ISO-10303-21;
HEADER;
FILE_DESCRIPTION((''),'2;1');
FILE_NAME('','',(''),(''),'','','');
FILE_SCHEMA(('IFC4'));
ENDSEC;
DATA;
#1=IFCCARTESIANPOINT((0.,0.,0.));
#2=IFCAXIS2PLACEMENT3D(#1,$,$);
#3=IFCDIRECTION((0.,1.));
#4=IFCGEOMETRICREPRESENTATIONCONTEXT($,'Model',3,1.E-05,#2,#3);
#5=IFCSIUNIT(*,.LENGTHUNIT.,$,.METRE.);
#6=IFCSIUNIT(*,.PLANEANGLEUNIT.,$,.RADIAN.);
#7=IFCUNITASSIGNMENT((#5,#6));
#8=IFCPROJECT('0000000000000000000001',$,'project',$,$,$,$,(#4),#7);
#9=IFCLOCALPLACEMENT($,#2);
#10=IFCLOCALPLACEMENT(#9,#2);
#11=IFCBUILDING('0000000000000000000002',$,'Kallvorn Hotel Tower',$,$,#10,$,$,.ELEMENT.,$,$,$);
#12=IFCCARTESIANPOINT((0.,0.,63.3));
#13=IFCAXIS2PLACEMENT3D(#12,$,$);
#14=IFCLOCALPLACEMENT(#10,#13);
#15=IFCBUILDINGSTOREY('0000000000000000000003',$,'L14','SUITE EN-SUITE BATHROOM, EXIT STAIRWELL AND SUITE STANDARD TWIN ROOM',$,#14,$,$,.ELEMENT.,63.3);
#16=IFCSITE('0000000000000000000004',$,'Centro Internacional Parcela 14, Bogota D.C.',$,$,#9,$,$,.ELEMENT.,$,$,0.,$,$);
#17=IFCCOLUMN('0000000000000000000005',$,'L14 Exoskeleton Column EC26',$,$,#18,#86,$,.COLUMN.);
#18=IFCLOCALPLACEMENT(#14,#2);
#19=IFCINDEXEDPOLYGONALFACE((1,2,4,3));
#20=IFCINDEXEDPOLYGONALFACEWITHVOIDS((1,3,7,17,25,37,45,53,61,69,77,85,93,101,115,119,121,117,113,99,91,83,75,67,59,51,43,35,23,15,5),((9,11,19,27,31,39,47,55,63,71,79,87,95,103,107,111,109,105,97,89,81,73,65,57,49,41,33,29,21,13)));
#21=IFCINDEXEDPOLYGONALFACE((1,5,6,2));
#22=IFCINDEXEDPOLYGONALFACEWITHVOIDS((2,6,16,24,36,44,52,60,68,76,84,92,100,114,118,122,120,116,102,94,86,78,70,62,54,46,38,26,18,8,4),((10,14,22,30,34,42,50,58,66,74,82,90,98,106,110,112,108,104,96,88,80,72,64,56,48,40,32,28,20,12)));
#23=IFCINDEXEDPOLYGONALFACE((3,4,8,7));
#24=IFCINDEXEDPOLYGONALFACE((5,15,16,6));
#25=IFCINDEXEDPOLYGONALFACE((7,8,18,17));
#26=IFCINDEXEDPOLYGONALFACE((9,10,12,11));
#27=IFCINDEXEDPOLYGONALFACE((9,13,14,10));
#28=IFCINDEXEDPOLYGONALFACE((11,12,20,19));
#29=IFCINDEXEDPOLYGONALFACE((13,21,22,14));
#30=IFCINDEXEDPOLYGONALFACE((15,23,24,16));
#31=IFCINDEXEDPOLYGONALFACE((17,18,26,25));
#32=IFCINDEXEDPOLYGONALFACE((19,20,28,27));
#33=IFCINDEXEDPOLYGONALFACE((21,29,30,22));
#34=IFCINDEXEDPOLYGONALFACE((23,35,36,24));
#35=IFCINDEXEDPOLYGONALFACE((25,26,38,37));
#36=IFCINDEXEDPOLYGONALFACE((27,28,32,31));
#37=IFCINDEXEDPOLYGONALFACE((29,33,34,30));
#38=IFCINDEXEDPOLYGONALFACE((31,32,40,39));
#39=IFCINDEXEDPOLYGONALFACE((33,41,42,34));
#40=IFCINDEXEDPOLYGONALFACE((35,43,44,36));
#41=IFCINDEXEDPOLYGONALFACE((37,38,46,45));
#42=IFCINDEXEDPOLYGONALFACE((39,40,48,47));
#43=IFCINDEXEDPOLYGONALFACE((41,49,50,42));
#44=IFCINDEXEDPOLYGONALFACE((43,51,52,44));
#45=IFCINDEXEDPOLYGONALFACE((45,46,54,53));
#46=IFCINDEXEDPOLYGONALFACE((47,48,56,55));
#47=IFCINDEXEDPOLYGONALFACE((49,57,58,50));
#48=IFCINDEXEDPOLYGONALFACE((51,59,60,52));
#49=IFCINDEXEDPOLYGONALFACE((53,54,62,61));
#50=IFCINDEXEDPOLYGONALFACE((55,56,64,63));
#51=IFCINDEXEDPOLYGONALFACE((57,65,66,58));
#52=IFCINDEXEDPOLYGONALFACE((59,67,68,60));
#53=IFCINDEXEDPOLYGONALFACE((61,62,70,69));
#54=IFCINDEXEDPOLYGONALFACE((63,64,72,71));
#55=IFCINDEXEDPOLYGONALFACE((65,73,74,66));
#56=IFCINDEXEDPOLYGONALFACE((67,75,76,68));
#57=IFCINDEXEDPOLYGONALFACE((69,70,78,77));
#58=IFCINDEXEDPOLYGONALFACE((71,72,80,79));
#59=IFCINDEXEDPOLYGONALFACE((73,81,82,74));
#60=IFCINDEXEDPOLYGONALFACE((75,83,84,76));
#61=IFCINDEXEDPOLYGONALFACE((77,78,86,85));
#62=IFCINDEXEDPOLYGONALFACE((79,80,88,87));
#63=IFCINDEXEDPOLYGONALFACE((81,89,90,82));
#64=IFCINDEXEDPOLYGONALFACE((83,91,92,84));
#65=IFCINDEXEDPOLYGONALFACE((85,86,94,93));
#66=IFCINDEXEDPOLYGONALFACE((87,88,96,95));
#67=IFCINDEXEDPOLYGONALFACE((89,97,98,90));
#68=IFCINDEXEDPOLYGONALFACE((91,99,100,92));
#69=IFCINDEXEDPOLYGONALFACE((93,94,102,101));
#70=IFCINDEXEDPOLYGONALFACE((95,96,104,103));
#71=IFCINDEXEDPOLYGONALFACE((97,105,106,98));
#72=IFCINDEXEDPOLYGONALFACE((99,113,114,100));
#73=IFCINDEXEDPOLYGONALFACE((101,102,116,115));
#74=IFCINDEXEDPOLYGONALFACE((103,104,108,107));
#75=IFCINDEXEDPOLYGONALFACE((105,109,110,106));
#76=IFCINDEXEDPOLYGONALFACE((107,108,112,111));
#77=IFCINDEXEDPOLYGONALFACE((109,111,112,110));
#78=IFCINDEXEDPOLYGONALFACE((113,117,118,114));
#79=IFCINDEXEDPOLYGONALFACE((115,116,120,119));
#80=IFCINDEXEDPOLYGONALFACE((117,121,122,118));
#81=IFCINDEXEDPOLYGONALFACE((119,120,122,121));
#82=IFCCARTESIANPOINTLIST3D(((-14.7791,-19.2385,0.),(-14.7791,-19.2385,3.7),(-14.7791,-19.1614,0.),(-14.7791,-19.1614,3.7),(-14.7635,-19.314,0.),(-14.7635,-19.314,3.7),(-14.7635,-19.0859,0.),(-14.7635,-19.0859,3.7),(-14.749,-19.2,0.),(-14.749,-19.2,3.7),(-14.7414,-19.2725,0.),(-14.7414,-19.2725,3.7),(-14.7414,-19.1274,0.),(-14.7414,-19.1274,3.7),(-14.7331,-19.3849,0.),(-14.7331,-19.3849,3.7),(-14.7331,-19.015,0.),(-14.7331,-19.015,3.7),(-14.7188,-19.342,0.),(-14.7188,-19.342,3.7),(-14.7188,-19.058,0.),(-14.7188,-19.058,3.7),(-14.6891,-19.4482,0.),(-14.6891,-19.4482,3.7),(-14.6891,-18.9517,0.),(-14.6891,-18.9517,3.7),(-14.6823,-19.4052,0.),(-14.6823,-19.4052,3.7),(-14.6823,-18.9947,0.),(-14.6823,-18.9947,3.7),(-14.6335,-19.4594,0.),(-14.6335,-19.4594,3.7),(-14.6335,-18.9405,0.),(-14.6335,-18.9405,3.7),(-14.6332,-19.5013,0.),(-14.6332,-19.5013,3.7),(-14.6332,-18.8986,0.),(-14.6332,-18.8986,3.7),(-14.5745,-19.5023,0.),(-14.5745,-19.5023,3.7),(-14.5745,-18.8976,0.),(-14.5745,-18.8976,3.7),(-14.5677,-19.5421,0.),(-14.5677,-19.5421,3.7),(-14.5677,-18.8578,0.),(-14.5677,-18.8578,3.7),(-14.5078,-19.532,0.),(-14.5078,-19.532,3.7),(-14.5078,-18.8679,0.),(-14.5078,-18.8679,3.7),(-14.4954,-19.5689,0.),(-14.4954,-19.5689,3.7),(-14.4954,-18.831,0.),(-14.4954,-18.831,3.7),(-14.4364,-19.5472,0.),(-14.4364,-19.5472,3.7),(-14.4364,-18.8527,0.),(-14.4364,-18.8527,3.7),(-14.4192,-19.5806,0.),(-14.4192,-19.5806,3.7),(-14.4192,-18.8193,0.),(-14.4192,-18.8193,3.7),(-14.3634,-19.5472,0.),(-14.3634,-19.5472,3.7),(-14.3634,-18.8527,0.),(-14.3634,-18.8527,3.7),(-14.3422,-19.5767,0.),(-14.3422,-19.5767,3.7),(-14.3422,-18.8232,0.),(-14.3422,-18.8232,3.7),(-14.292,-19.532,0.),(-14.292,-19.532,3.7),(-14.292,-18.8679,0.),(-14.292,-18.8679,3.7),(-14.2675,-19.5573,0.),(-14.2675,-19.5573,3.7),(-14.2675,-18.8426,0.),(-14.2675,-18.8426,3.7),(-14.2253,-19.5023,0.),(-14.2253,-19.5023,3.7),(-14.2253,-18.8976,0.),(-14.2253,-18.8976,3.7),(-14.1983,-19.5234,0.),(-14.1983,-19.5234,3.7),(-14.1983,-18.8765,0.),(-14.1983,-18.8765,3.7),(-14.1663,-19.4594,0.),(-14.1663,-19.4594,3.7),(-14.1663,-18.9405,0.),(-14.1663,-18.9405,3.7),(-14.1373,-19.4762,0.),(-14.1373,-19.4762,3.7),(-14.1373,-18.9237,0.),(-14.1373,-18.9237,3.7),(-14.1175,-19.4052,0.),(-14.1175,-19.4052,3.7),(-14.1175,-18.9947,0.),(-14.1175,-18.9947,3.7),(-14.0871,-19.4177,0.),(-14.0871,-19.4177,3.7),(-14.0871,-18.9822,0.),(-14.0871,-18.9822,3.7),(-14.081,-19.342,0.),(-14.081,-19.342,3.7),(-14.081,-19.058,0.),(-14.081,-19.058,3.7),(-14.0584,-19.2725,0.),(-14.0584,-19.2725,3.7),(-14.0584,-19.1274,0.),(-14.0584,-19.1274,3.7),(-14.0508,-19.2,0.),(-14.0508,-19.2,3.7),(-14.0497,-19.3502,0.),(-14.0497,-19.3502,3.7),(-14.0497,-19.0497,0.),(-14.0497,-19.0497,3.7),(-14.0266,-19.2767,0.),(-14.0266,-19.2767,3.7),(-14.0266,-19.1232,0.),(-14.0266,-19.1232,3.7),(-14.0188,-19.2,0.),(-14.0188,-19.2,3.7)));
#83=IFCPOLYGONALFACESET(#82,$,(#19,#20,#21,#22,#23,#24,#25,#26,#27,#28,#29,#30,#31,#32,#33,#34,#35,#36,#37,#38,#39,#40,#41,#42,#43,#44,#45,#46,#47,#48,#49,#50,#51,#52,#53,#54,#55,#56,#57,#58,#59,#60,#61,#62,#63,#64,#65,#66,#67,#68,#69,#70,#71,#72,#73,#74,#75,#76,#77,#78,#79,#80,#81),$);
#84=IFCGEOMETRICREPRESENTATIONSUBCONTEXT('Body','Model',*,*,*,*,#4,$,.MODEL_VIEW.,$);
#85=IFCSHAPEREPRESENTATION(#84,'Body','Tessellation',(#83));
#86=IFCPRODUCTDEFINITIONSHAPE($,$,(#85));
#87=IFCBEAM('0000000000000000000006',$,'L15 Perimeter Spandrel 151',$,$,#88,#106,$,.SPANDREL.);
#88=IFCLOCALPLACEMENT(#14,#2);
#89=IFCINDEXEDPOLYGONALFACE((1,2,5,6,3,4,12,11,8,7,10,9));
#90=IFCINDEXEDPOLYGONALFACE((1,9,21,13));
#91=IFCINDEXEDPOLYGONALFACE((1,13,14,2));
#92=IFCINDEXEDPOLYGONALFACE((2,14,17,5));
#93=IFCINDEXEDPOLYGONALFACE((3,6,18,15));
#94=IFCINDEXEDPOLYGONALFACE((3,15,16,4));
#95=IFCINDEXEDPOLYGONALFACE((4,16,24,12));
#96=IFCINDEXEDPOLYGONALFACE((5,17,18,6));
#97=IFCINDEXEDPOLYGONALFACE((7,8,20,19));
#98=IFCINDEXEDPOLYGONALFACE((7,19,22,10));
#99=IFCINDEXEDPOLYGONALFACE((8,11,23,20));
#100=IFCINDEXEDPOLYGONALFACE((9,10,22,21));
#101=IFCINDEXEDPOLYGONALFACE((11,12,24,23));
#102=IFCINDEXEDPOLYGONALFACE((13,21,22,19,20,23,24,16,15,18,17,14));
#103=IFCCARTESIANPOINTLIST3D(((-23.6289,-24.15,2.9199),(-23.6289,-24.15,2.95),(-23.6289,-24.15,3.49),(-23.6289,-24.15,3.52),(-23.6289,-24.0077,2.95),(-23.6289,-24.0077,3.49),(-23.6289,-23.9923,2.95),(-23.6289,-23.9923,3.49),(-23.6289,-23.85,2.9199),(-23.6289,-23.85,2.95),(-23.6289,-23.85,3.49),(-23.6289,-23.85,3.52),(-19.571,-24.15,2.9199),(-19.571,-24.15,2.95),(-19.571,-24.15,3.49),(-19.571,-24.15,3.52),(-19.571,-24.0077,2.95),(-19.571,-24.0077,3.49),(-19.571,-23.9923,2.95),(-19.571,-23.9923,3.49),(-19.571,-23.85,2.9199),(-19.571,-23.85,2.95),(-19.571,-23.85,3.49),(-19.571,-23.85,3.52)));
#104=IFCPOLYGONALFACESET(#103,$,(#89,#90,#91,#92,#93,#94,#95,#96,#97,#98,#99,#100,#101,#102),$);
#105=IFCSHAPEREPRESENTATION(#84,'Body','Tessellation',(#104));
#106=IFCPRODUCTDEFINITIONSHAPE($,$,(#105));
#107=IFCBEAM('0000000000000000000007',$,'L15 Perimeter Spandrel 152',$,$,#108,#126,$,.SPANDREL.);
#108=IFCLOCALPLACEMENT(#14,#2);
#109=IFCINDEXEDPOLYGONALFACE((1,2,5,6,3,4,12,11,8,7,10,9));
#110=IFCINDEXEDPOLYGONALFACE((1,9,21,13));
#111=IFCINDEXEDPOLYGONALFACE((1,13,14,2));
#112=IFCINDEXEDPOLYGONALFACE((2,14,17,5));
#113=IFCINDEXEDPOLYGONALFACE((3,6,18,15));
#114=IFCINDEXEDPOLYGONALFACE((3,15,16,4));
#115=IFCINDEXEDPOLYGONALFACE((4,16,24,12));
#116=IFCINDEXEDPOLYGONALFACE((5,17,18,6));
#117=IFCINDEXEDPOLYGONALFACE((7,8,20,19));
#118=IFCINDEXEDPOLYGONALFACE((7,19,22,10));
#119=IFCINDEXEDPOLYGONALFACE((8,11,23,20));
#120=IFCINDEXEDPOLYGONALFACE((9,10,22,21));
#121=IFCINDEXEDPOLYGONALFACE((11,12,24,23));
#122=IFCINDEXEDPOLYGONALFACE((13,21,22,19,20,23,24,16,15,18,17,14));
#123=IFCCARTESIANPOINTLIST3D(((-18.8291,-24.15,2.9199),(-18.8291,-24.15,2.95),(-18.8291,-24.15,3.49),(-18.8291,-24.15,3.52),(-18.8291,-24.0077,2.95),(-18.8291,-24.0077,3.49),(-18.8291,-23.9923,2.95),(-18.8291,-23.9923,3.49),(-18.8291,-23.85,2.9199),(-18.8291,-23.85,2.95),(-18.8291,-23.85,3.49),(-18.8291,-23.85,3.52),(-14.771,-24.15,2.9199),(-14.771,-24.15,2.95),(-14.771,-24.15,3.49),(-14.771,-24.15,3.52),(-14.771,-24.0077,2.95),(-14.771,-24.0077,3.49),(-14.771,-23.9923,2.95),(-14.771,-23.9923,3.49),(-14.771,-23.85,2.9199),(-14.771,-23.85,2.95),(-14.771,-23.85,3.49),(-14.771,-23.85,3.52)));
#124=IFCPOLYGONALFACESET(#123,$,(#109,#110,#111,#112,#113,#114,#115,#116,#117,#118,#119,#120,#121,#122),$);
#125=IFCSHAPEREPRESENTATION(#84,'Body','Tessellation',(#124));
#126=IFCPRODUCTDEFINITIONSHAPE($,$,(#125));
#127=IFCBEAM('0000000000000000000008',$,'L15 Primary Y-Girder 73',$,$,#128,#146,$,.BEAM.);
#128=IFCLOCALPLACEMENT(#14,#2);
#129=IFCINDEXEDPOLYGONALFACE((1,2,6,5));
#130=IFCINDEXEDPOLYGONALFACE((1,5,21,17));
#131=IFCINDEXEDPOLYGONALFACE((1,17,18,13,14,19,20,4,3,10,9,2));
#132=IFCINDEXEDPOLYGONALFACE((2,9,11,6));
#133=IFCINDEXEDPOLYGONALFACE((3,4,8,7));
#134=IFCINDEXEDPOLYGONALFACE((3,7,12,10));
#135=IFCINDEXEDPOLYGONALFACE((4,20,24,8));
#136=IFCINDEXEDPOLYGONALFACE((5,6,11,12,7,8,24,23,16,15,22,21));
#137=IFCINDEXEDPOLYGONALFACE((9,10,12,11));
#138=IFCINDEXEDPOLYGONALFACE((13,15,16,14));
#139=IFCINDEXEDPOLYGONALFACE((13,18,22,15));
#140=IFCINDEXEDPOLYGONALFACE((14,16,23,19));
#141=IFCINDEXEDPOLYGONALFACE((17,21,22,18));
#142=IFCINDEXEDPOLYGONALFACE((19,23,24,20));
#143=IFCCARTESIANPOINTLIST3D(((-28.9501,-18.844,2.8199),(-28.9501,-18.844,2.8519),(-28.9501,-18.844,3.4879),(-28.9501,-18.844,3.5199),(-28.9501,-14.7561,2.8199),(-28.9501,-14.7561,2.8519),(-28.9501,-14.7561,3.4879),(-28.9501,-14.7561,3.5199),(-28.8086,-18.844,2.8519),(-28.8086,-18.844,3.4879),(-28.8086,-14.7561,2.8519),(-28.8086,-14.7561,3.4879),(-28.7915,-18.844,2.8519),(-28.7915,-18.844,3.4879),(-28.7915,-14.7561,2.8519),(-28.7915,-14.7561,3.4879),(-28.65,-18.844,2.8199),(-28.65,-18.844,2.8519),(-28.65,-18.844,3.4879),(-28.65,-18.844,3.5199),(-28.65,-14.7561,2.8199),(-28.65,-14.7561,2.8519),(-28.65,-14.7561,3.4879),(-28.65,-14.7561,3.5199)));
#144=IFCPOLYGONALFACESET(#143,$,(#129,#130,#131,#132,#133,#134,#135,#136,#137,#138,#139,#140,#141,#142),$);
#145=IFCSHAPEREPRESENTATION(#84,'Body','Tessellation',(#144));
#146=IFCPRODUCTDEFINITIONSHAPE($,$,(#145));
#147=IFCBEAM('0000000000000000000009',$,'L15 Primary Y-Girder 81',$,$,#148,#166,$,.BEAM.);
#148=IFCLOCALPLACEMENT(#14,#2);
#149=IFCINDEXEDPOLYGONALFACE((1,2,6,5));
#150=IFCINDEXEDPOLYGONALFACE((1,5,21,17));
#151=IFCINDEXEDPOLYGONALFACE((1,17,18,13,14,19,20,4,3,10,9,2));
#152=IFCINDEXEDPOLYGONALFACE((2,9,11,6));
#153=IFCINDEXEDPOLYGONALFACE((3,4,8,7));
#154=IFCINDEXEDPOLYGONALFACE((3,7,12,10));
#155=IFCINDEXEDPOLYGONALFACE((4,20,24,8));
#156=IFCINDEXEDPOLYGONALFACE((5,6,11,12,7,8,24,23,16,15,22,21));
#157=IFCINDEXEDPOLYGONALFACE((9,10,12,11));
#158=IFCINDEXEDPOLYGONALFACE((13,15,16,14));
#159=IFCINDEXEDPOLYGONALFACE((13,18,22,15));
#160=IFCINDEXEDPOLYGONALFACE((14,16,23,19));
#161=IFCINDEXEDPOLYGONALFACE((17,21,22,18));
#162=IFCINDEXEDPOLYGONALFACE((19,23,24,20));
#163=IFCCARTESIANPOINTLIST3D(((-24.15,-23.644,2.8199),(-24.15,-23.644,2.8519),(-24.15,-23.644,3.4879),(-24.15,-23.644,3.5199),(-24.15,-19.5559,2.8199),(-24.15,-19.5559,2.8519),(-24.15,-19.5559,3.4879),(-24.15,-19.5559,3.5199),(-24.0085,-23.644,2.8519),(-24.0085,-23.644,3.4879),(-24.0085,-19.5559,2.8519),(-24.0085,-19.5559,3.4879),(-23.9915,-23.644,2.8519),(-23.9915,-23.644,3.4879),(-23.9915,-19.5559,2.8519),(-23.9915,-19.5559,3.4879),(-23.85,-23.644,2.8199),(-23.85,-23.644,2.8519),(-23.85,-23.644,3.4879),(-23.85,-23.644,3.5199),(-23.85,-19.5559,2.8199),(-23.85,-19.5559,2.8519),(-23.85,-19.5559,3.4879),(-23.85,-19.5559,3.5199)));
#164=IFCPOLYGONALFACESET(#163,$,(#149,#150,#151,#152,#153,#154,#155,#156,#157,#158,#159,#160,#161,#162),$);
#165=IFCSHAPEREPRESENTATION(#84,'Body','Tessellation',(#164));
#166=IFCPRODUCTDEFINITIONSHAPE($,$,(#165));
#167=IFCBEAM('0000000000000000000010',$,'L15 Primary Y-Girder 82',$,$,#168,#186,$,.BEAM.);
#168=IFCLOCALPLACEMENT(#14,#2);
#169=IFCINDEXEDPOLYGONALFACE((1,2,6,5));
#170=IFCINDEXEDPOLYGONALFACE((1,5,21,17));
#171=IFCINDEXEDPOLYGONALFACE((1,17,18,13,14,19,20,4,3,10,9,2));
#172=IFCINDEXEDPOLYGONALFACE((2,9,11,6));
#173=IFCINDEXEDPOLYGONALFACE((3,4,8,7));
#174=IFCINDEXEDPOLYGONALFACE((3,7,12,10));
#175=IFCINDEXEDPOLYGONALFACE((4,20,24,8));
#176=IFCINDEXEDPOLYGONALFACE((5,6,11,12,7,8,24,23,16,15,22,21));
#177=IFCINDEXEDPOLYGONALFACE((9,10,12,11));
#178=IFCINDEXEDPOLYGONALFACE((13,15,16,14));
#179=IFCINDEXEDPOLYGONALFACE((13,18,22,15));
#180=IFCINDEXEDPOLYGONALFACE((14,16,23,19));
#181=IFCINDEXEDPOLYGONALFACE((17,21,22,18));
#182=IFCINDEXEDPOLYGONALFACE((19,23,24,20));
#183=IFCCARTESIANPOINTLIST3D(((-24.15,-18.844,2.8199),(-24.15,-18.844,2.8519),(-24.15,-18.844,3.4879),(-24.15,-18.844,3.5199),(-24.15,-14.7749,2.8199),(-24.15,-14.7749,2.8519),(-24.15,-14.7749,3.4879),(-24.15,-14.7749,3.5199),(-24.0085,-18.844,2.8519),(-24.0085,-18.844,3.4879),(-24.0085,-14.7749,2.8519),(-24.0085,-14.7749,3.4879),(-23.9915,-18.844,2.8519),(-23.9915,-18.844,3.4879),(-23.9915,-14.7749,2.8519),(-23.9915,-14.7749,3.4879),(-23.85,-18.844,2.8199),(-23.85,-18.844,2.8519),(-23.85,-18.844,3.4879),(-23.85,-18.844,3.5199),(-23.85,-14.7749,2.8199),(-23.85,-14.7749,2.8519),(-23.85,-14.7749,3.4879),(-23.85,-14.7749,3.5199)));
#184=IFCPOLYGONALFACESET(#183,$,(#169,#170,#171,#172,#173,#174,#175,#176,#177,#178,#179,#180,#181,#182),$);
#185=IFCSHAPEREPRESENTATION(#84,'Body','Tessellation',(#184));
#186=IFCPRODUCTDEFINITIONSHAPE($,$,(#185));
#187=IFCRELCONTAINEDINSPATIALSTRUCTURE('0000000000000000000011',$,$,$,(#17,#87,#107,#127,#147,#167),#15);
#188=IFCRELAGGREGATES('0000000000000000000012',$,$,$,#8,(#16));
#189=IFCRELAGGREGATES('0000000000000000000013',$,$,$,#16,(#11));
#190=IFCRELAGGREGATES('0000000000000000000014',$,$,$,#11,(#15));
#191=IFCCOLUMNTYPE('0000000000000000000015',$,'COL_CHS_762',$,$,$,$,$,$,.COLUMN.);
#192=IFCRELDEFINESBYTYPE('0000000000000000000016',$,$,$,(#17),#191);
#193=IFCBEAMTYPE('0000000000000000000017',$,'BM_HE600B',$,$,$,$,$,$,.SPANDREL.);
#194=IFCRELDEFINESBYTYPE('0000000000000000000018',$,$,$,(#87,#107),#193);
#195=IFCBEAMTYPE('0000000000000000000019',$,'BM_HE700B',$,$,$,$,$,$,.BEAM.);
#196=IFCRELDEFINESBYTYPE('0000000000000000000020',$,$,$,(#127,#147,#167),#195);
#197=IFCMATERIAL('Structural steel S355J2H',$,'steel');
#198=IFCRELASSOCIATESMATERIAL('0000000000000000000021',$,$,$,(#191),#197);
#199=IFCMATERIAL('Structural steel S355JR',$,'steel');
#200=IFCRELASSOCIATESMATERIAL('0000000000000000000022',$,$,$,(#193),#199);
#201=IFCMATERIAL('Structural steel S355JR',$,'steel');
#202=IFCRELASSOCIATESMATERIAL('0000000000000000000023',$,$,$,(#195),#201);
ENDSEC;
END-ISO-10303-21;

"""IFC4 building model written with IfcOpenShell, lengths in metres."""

from ifc_helpers import new_model, si_unit, direction, frame, origin, origin_2d, place, context, subcontext, project, spatial, hollow_circle, i_section, extrude, material, material_profile, profile_set, type_object, element, save


model = new_model("IFC4")

# Units and contexts
model_context = context("Model", 3, precision=1e-05, world=origin(), true_north=direction((0.0, 1.0)))
body_context = subcontext(model_context, "Body", "Model", "MODEL_VIEW")
ifc_project = project(units=[si_unit("LENGTHUNIT", "METRE"), si_unit("PLANEANGLEUNIT", "RADIAN")], contexts=[model_context])

# Site, building, storey
site_placement = place(None, origin())
site = spatial("IfcSite", under=ifc_project, at=site_placement, Name="Centro Internacional Parcela 14, Bogota D.C.", CompositionType="ELEMENT", RefElevation=0.0)
building_placement = place(site_placement, origin())
building = spatial("IfcBuilding", under=site, at=building_placement, Name="Kallvorn Hotel Tower", CompositionType="ELEMENT")
storey_placement = place(building_placement, frame((0.0, 0.0, 63.3)))
storey = spatial("IfcBuildingStorey", under=building, at=storey_placement, Name="L14", Description="SUITE EN-SUITE BATHROOM, EXIT STAIRWELL AND SUITE STANDARD TWIN ROOM", CompositionType="ELEMENT", Elevation=63.3)

# Column
ifc_material_1 = material(Name="Structural steel S355J2H", Category="steel")
ifc_material_profile_1 = material_profile(ifc_material_1, hollow_circle(Radius=0.3811, WallThickness=0.032, at=origin_2d()), Name="CHS 762x32")
ifc_profile_set_1 = profile_set([ifc_material_profile_1], Name="Structural steel S355J2H")
column_type = type_object("IfcColumnType", Name="COL_CHS_762", PredefinedType="COLUMN", material=ifc_profile_set_1)
for number, where, z_axis, x_axis, name in (
    (1, (-14.3999, -19.2, 0.0), (0.0, 0.0, 1.0), (1.0, 0.0, 0.0), "L14 Exoskeleton Column EC26"),
):
    element("IfcColumn", number, at=place(storey_placement, frame(where, z_axis=z_axis, x_axis=x_axis)), inside=storey, type_object=column_type, Name=name, PredefinedType="COLUMN", context=body_context, shape_type="SweptSolid", body=[
        extrude(hollow_circle(Radius=0.3811, WallThickness=0.032, at=origin_2d()), origin(), (0.0, 0.0, 1.0), 3.7),
    ])

# Beams
ifc_material_2 = material(Name="Structural steel S355JR", Category="steel")
ifc_material_profile_2 = material_profile(ifc_material_2, i_section(OverallWidth=0.3, OverallDepth=0.6001, WebThickness=0.0154, FlangeThickness=0.03, at=origin_2d()), Name="HE 600 B")
ifc_profile_set_2 = profile_set([ifc_material_profile_2], Name="Structural steel S355JR")
beam_type_1 = type_object("IfcBeamType", Name="BM_HE600B", PredefinedType="SPANDREL", material=ifc_profile_set_2)
beam_1_placement = place(storey_placement, frame((-23.6289, -24.0, 3.22), z_axis=(1.0, 0.0, 0.0), x_axis=(0.0, 1.0, 0.0)))
element("IfcBeam", 2, at=beam_1_placement, inside=storey, type_object=beam_type_1, Name="L15 Perimeter Spandrel 151", PredefinedType="SPANDREL", context=body_context, shape_type="SweptSolid", body=[
    extrude(i_section(OverallWidth=0.3, OverallDepth=0.6001, WebThickness=0.0154, FlangeThickness=0.03, at=origin_2d()), origin(), (0.0, 0.0, 1.0), 4.0579),
])
beam_2_placement = place(storey_placement, frame((-18.8291, -24.0, 3.22), z_axis=(1.0, 0.0, 0.0), x_axis=(0.0, 1.0, 0.0)))
element("IfcBeam", 3, at=beam_2_placement, inside=storey, type_object=beam_type_1, Name="L15 Perimeter Spandrel 152", PredefinedType="SPANDREL", context=body_context, shape_type="SweptSolid", body=[
    extrude(i_section(OverallWidth=0.3, OverallDepth=0.6001, WebThickness=0.0154, FlangeThickness=0.03, at=origin_2d()), origin(), (0.0, 0.0, 1.0), 4.0581),
])
ifc_material_3 = material(Name="Structural steel S355JR", Category="steel")
ifc_material_profile_3 = material_profile(ifc_material_3, i_section(OverallWidth=0.3, OverallDepth=0.7, WebThickness=0.0171, FlangeThickness=0.032, at=origin_2d()), Name="HE 700 B")
ifc_profile_set_3 = profile_set([ifc_material_profile_3], Name="Structural steel S355JR")
beam_type_2 = type_object("IfcBeamType", Name="BM_HE700B", PredefinedType="BEAM", material=ifc_profile_set_3)
beam_3_placement = place(storey_placement, frame((-28.8, -18.844, 3.1699), z_axis=(0.0, 1.0, 0.0), x_axis=(-1.0, 0.0, 0.0)))
element("IfcBeam", 4, at=beam_3_placement, inside=storey, type_object=beam_type_2, Name="L15 Primary Y-Girder 73", PredefinedType="BEAM", context=body_context, shape_type="SweptSolid", body=[
    extrude(i_section(OverallWidth=0.3, OverallDepth=0.7, WebThickness=0.0171, FlangeThickness=0.032, at=origin_2d()), origin(), (0.0, 0.0, 1.0), 4.0879),
])
beam_4_placement = place(storey_placement, frame((-24.0, -23.644, 3.1699), z_axis=(0.0, 1.0, 0.0), x_axis=(-1.0, 0.0, 0.0)))
element("IfcBeam", 5, at=beam_4_placement, inside=storey, type_object=beam_type_2, Name="L15 Primary Y-Girder 81", PredefinedType="BEAM", context=body_context, shape_type="SweptSolid", body=[
    extrude(i_section(OverallWidth=0.3, OverallDepth=0.7, WebThickness=0.0171, FlangeThickness=0.032, at=origin_2d()), origin(), (0.0, 0.0, 1.0), 4.0881),
])
beam_5_placement = place(storey_placement, frame((-24.0, -18.844, 3.1699), z_axis=(0.0, 1.0, 0.0), x_axis=(-1.0, 0.0, 0.0)))
element("IfcBeam", 6, at=beam_5_placement, inside=storey, type_object=beam_type_2, Name="L15 Primary Y-Girder 82", PredefinedType="BEAM", context=body_context, shape_type="SweptSolid", body=[
    extrude(i_section(OverallWidth=0.3, OverallDepth=0.7, WebThickness=0.0171, FlangeThickness=0.032, at=origin_2d()), origin(), (0.0, 0.0, 1.0), 4.0691),
])

save(model, "model.ifc")
